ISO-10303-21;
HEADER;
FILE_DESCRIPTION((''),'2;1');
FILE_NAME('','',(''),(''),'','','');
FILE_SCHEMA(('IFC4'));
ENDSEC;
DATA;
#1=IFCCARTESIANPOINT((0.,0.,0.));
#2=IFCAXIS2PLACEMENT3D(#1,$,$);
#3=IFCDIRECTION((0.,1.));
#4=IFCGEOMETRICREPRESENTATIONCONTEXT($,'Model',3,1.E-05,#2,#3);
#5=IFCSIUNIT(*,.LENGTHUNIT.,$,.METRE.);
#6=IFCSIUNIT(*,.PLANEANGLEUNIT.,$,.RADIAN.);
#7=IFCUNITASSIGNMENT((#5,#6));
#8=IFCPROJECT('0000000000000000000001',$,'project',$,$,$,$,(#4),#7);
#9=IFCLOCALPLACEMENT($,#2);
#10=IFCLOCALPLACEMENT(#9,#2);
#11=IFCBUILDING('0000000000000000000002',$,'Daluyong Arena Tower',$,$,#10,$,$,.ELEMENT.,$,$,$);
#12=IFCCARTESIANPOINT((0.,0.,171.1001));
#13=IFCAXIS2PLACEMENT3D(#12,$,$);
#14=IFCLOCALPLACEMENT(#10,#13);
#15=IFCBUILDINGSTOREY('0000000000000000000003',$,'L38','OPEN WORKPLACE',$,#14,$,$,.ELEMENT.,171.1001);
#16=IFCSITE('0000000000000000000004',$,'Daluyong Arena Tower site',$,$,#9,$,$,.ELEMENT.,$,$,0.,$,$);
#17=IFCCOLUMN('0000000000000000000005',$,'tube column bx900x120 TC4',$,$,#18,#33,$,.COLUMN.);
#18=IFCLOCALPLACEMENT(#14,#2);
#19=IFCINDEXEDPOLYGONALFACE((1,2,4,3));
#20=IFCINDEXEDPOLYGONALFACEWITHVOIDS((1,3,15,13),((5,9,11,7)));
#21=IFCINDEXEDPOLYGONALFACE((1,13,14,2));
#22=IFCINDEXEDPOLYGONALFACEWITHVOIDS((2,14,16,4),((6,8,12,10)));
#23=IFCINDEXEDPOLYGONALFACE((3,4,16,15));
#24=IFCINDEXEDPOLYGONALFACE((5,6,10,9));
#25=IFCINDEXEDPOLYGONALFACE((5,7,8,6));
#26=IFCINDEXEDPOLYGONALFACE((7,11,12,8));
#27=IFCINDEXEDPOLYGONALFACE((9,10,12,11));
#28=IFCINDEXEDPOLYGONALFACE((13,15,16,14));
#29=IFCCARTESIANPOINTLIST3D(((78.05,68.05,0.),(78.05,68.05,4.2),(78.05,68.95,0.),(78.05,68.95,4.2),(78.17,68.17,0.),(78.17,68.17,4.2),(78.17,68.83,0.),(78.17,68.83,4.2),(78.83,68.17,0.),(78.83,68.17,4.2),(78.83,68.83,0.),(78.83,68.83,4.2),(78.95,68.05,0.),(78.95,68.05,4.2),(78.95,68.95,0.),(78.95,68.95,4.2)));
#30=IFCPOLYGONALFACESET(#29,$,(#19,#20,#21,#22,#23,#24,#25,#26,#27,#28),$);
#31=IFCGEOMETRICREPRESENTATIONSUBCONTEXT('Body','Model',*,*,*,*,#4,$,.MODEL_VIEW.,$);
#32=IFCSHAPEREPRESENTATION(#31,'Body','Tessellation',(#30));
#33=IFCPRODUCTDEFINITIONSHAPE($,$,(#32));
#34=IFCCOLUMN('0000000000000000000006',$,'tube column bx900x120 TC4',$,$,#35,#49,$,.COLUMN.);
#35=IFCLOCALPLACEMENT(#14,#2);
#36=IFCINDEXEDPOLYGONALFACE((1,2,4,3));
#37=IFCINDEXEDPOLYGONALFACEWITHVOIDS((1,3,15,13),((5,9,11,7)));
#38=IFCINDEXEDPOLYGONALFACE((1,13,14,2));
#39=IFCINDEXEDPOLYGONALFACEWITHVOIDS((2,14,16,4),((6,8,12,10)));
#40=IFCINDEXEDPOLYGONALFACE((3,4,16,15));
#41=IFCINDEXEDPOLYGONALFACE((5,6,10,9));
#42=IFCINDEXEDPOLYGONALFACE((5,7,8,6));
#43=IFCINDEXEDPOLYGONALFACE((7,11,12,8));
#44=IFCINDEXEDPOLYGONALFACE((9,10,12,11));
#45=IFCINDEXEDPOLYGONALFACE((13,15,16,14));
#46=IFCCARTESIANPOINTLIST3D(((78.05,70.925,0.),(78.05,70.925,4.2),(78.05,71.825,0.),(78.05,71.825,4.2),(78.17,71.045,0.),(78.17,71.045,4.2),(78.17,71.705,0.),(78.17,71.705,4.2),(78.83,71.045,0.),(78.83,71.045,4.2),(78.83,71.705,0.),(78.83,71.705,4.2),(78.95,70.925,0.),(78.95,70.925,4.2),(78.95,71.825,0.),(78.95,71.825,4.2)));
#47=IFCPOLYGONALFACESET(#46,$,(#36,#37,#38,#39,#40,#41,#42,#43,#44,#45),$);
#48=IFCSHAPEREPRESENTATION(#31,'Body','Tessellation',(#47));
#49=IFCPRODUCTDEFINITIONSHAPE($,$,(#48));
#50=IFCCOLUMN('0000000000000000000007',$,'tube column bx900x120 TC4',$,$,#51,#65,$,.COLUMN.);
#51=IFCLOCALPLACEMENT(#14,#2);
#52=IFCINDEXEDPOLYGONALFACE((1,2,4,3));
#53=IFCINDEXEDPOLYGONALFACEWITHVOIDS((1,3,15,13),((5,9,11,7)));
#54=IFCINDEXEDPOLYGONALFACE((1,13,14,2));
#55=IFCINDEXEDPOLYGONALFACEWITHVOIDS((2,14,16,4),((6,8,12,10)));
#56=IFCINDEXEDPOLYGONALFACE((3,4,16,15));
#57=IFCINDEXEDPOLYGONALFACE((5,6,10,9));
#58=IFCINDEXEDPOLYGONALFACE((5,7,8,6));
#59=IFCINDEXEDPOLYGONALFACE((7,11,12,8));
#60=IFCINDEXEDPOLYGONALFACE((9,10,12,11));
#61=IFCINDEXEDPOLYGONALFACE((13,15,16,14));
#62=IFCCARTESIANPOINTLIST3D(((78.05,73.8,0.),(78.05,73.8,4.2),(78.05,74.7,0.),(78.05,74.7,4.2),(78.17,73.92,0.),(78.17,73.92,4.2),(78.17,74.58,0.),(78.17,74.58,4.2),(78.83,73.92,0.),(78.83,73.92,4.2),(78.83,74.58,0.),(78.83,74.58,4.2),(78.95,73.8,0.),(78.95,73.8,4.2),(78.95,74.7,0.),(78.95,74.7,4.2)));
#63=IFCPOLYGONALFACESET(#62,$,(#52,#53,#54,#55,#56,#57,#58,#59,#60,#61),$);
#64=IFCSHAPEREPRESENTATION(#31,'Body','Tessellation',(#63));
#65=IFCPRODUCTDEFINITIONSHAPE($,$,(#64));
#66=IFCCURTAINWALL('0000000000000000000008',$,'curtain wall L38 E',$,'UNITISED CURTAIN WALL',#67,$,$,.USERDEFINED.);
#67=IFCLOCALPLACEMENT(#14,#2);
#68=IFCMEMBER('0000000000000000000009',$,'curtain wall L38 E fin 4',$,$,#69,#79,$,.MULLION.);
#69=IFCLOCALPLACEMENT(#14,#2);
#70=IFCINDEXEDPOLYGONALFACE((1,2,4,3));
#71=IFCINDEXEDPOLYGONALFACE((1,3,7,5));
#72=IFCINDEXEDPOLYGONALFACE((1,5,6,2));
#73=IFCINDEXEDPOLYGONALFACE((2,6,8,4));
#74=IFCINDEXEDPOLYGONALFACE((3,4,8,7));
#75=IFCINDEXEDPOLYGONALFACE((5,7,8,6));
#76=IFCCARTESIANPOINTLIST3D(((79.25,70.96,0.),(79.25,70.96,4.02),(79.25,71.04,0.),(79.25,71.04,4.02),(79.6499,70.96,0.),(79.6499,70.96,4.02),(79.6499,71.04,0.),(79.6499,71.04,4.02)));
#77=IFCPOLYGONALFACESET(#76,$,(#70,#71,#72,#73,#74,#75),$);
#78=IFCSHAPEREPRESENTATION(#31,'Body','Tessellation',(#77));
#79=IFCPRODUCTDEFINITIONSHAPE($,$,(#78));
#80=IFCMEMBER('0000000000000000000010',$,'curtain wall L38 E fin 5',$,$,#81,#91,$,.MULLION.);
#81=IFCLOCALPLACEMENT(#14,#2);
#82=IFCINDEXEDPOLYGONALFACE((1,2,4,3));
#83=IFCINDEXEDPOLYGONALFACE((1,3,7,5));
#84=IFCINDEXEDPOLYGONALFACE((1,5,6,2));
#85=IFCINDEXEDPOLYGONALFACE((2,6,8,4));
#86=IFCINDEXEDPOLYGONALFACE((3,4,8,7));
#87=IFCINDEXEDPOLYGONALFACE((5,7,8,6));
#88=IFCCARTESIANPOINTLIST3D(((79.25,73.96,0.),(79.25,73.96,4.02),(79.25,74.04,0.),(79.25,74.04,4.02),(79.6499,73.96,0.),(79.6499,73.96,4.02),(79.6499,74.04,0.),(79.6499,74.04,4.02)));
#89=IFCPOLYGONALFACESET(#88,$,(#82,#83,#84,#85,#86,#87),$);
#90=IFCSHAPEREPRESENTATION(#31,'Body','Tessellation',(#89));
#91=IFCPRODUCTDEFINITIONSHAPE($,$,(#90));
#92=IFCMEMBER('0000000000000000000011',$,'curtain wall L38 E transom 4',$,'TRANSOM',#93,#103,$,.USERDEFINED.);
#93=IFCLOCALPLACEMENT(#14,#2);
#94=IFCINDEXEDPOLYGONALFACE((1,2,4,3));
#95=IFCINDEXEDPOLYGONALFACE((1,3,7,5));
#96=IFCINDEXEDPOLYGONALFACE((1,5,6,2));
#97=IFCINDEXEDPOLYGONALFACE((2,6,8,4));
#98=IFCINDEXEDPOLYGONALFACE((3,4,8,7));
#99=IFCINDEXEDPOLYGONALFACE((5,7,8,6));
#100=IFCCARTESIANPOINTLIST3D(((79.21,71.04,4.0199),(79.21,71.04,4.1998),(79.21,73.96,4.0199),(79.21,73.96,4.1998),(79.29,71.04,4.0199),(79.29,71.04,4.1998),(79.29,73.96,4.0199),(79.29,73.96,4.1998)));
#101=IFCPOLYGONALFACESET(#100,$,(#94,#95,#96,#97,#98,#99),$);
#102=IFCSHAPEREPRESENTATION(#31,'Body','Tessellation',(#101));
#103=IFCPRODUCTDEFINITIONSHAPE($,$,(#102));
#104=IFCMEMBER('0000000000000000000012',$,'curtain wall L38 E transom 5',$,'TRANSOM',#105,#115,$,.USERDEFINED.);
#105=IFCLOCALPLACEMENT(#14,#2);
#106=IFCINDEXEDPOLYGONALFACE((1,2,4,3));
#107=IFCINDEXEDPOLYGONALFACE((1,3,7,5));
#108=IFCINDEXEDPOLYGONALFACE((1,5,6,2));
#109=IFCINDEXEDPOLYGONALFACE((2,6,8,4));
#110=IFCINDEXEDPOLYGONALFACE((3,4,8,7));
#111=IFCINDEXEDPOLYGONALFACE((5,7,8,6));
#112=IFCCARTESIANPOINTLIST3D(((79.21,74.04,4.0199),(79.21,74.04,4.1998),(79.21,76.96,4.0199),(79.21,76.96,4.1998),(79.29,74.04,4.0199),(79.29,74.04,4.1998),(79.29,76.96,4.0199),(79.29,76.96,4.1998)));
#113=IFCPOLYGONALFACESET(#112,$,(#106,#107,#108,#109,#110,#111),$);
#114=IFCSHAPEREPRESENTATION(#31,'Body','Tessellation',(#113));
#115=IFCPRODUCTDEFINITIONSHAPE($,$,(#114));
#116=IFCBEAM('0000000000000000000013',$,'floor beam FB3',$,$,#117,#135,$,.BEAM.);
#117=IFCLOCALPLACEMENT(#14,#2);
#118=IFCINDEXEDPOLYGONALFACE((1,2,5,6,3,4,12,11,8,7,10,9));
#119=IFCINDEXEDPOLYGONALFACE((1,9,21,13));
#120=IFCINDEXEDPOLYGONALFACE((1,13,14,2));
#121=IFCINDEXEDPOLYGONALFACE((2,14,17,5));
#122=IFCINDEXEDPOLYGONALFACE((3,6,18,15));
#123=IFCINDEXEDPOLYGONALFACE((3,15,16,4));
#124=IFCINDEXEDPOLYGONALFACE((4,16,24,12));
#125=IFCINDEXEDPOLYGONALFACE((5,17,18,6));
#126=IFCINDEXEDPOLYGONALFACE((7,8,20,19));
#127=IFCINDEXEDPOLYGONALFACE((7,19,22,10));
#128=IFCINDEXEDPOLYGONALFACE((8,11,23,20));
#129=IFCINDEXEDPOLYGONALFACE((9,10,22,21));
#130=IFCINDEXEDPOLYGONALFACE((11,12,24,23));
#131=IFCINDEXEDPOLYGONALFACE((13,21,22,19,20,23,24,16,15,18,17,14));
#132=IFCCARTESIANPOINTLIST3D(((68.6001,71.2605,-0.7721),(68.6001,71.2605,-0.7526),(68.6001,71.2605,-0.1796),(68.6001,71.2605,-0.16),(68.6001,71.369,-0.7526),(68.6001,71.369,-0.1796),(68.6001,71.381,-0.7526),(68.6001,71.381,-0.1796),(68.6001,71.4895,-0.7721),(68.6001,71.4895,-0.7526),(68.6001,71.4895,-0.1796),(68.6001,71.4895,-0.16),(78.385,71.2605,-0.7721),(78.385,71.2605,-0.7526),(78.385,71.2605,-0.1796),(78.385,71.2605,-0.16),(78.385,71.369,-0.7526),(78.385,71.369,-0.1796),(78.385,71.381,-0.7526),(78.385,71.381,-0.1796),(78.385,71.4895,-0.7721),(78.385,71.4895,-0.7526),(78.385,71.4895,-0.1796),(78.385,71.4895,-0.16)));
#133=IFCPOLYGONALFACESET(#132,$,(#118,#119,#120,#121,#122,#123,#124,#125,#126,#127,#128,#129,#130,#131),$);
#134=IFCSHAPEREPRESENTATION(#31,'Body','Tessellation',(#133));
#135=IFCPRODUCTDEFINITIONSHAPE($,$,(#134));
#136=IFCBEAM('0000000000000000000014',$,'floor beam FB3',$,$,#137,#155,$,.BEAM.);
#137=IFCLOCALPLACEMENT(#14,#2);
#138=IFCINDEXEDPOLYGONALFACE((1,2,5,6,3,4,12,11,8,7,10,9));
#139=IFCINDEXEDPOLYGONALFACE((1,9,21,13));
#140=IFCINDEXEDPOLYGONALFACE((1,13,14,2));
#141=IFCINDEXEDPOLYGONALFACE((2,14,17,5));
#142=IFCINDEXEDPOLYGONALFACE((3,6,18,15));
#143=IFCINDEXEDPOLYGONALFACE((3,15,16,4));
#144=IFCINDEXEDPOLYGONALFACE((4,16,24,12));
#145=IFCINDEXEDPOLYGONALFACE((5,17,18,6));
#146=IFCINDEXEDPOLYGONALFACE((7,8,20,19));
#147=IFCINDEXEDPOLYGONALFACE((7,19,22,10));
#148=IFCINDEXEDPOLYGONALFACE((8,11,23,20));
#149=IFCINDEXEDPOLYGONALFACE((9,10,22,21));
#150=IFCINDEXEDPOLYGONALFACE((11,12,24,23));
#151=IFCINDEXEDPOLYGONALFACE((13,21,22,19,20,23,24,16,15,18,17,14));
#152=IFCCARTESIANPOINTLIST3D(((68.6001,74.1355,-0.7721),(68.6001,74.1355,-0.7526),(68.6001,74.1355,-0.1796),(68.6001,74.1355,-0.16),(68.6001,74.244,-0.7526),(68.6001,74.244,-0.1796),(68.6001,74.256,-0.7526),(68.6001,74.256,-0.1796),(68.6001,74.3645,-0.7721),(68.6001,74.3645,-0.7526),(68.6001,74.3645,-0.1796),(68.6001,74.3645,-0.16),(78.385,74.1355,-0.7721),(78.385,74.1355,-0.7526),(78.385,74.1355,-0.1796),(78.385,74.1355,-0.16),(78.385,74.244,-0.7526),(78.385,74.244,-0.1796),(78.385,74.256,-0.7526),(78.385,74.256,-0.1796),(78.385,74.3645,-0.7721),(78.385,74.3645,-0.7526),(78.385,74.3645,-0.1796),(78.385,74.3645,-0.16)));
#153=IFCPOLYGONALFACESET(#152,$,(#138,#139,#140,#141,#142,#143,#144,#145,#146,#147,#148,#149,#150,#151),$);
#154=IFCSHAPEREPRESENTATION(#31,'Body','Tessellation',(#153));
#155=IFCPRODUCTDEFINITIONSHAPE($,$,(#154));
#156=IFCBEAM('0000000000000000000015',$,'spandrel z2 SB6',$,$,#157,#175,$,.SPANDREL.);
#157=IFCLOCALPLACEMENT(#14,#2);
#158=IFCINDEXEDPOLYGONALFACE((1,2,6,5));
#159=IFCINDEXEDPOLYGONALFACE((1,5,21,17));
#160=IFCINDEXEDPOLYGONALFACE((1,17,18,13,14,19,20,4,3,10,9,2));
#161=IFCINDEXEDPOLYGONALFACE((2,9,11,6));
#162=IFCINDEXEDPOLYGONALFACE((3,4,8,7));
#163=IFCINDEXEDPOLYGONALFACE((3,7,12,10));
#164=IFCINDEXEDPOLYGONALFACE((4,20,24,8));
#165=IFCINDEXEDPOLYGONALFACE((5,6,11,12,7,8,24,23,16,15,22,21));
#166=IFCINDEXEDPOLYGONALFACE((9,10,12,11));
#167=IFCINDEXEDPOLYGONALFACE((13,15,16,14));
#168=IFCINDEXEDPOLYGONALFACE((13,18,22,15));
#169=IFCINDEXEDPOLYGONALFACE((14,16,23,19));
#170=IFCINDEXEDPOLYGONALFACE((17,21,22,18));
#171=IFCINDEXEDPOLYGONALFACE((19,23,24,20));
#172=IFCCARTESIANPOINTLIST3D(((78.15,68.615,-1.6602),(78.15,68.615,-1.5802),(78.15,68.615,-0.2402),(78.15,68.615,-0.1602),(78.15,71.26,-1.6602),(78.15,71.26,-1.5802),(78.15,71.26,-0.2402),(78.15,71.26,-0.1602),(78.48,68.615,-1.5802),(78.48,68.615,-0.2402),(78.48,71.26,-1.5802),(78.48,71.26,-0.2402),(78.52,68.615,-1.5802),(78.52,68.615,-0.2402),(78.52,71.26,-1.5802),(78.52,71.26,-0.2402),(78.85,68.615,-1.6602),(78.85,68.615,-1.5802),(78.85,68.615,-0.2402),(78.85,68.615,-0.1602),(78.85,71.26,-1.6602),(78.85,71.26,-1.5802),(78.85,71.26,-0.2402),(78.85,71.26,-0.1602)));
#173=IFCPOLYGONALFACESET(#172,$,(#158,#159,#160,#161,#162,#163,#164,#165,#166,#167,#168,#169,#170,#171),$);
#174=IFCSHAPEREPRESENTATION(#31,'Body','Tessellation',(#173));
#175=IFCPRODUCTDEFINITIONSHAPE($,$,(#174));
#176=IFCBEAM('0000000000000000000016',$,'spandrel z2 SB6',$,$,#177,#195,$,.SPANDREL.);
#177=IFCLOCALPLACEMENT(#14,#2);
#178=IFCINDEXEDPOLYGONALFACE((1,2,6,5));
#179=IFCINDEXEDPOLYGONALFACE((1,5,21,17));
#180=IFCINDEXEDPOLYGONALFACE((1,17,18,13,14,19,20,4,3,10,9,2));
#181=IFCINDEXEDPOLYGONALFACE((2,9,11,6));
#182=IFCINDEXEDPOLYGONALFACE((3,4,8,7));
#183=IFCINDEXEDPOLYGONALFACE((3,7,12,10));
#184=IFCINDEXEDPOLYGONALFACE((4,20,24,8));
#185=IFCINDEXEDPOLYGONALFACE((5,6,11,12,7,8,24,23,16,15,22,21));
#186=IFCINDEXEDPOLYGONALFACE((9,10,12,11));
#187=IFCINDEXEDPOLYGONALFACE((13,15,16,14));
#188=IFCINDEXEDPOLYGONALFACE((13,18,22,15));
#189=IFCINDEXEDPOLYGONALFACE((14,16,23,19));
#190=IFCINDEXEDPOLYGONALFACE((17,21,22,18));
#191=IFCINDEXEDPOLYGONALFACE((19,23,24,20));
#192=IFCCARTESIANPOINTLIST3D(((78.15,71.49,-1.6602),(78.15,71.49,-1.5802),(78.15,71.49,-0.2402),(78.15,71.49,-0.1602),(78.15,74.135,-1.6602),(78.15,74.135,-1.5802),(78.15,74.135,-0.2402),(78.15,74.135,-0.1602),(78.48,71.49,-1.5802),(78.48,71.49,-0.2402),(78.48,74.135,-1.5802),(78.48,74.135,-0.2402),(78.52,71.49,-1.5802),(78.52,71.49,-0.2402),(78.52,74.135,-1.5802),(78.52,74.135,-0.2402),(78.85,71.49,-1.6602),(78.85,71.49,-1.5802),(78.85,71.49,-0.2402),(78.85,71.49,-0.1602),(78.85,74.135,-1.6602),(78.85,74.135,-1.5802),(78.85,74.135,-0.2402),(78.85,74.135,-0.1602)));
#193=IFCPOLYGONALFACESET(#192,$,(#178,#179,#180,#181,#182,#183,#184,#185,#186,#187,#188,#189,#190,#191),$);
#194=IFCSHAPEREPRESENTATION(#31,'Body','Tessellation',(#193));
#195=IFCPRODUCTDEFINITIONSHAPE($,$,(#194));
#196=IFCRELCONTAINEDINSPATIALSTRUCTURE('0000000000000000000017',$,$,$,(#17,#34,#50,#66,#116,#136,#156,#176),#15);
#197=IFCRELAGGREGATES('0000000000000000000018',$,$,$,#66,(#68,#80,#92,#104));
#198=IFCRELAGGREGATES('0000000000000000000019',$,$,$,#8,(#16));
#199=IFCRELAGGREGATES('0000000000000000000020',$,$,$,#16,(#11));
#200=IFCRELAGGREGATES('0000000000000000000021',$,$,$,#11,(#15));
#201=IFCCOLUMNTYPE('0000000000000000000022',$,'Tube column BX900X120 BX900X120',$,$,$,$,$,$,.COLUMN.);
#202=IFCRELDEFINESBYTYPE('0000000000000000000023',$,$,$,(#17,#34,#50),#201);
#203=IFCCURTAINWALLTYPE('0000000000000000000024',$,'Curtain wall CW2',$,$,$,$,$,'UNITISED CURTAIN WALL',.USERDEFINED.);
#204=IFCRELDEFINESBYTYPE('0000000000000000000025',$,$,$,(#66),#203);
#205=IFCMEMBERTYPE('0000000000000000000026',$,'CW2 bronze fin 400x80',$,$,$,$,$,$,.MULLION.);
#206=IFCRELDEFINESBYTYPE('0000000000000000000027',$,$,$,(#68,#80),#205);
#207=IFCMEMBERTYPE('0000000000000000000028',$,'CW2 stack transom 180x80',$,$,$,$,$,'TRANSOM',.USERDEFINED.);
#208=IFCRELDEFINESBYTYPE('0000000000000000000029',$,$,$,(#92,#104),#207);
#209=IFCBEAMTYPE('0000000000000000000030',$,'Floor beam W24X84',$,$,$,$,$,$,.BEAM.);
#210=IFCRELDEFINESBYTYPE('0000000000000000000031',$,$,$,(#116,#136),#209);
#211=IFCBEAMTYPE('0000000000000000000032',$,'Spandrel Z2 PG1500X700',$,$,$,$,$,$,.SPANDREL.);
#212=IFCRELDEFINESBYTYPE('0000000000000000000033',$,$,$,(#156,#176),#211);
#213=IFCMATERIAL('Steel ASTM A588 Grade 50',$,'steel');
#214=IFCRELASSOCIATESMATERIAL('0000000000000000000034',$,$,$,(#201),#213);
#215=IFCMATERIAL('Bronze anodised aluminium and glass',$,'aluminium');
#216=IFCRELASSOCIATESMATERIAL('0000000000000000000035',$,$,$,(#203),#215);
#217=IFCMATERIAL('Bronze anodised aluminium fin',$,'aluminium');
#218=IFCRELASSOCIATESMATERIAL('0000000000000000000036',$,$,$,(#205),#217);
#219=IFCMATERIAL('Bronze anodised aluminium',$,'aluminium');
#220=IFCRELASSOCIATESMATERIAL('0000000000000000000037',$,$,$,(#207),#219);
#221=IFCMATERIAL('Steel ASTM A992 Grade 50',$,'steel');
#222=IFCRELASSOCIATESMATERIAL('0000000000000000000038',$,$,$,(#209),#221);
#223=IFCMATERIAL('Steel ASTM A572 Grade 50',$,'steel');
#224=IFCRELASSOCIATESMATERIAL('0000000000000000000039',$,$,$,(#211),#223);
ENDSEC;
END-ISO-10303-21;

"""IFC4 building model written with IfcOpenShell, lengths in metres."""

from ifc_helpers import new_model, si_unit, direction, frame, origin, origin_2d, place, context, subcontext, project, spatial, rectangle, hollow_rectangle, i_section, extrude, material, material_profile, profile_set, type_object, element, aggregate, save


model = new_model("IFC4")

# Units and contexts
model_context = context("Model", 3, precision=1e-05, world=origin(), true_north=direction((0.0, 1.0)))
body_context = subcontext(model_context, "Body", "Model", "MODEL_VIEW")
ifc_project = project(units=[si_unit("LENGTHUNIT", "METRE"), si_unit("PLANEANGLEUNIT", "RADIAN")], contexts=[model_context])

# Site, building, storey
site_placement = place(None, origin())
site = spatial("IfcSite", under=ifc_project, at=site_placement, Name="Daluyong Arena Tower site", CompositionType="ELEMENT", RefElevation=0.0)
building_placement = place(site_placement, origin())
building = spatial("IfcBuilding", under=site, at=building_placement, Name="Daluyong Arena Tower", CompositionType="ELEMENT")
storey_placement = place(building_placement, frame((0.0, 0.0, 171.1001)))
storey = spatial("IfcBuildingStorey", under=building, at=storey_placement, Name="L38", Description="OPEN WORKPLACE", CompositionType="ELEMENT", Elevation=171.1001)

# Columns
ifc_material_1 = material(Name="Steel ASTM A588 Grade 50", Category="steel")
ifc_material_profile_1 = material_profile(ifc_material_1, hollow_rectangle(XDim=0.8999, YDim=0.8999, WallThickness=0.12, at=origin_2d()))
ifc_profile_set_1 = profile_set([ifc_material_profile_1], Name="Steel ASTM A588 Grade 50")
column_type = type_object("IfcColumnType", Name="Tube column BX900X120 BX900X120", PredefinedType="COLUMN", material=ifc_profile_set_1)
for number, where, z_axis, x_axis, name in (
    (1, (78.5, 68.5, 0.0), (0.0, 0.0, 1.0), (0.0, 1.0, 0.0), "tube column bx900x120 TC4"),
    (2, (78.5, 71.375, 0.0), (0.0, 0.0, 1.0), (0.0, 1.0, 0.0), "tube column bx900x120 TC4"),
    (3, (78.5, 74.25, 0.0), (0.0, 0.0, 1.0), (0.0, 1.0, 0.0), "tube column bx900x120 TC4"),
):
    element("IfcColumn", number, at=place(storey_placement, frame(where, z_axis=z_axis, x_axis=x_axis)), inside=storey, type_object=column_type, Name=name, PredefinedType="COLUMN", context=body_context, shape_type="SweptSolid", body=[
        extrude(hollow_rectangle(XDim=0.8999, YDim=0.8999, WallThickness=0.12, at=origin_2d()), origin(), (0.0, 0.0, 1.0), 4.2),
    ])

# Curtain wall, members
ifc_material_2 = material(Name="Bronze anodised aluminium and glass", Category="aluminium")
curtain_wall_type = type_object("IfcCurtainWallType", Name="Curtain wall CW2", ElementType="UNITISED CURTAIN WALL", PredefinedType="USERDEFINED", material=ifc_material_2)
curtain_wall_placement = place(storey_placement, origin())
curtain_wall = element("IfcCurtainWall", 4, at=curtain_wall_placement, inside=storey, type_object=curtain_wall_type, Name="curtain wall L38 E", ObjectType="UNITISED CURTAIN WALL", PredefinedType="USERDEFINED")
ifc_material_3 = material(Name="Bronze anodised aluminium fin", Category="aluminium")
ifc_material_profile_2 = material_profile(ifc_material_3, rectangle(XDim=0.3999, YDim=0.0801, at=origin_2d()))
ifc_profile_set_2 = profile_set([ifc_material_profile_2], Name="Bronze anodised aluminium fin")
member_type_1 = type_object("IfcMemberType", Name="CW2 bronze fin 400x80", PredefinedType="MULLION", material=ifc_profile_set_2)
member_1_placement = place(storey_placement, frame((79.45, 71.0, 0.0), z_axis=(0.0, 0.0, 1.0), x_axis=(-1.0, 0.0, 0.0)))
member_1 = element("IfcMember", 5, at=member_1_placement, type_object=member_type_1, Name="curtain wall L38 E fin 4", PredefinedType="MULLION", context=body_context, shape_type="SweptSolid", body=[
    extrude(rectangle(XDim=0.3999, YDim=0.0801, at=origin_2d()), origin(), (0.0, 0.0, 1.0), 4.02),
])
member_2_placement = place(storey_placement, frame((79.45, 74.0, 0.0), z_axis=(0.0, 0.0, 1.0), x_axis=(-1.0, 0.0, 0.0)))
member_2 = element("IfcMember", 6, at=member_2_placement, type_object=member_type_1, Name="curtain wall L38 E fin 5", PredefinedType="MULLION", context=body_context, shape_type="SweptSolid", body=[
    extrude(rectangle(XDim=0.3999, YDim=0.0801, at=origin_2d()), origin(), (0.0, 0.0, 1.0), 4.02),
])
ifc_material_4 = material(Name="Bronze anodised aluminium", Category="aluminium")
ifc_material_profile_3 = material_profile(ifc_material_4, rectangle(XDim=0.0801, YDim=0.1799, at=origin_2d()))
ifc_profile_set_3 = profile_set([ifc_material_profile_3], Name="Bronze anodised aluminium")
member_type_2 = type_object("IfcMemberType", Name="CW2 stack transom 180x80", ElementType="TRANSOM", PredefinedType="USERDEFINED", material=ifc_profile_set_3)
member_3_placement = place(storey_placement, frame((79.25, 71.04, 4.1099), z_axis=(0.0, 1.0, 0.0), x_axis=(-1.0, 0.0, 0.0)))
member_3 = element("IfcMember", 7, at=member_3_placement, type_object=member_type_2, Name="curtain wall L38 E transom 4", ObjectType="TRANSOM", PredefinedType="USERDEFINED", context=body_context, shape_type="SweptSolid", body=[
    extrude(rectangle(XDim=0.0801, YDim=0.1799, at=origin_2d()), origin(), (0.0, 0.0, 1.0), 2.9199),
])
member_4_placement = place(storey_placement, frame((79.25, 74.04, 4.1099), z_axis=(0.0, 1.0, 0.0), x_axis=(-1.0, 0.0, 0.0)))
member_4 = element("IfcMember", 8, at=member_4_placement, type_object=member_type_2, Name="curtain wall L38 E transom 5", ObjectType="TRANSOM", PredefinedType="USERDEFINED", context=body_context, shape_type="SweptSolid", body=[
    extrude(rectangle(XDim=0.0801, YDim=0.1799, at=origin_2d()), origin(), (0.0, 0.0, 1.0), 2.9199),
])

# Beams
ifc_material_5 = material(Name="Steel ASTM A992 Grade 50", Category="steel")
ifc_material_profile_4 = material_profile(ifc_material_5, i_section(OverallWidth=0.229, OverallDepth=0.6121, WebThickness=0.012, FlangeThickness=0.0195, at=origin_2d()))
ifc_profile_set_4 = profile_set([ifc_material_profile_4], Name="Steel ASTM A992 Grade 50")
beam_type_1 = type_object("IfcBeamType", Name="Floor beam W24X84", PredefinedType="BEAM", material=ifc_profile_set_4)
for number, where, z_axis, x_axis, name in (
    (9, (78.385, 71.375, -0.4661), (-1.0, 0.0, 0.0), (0.0, -1.0, 0.0), "floor beam FB3"),
    (10, (78.385, 74.25, -0.4661), (-1.0, 0.0, 0.0), (0.0, -1.0, 0.0), "floor beam FB3"),
):
    element("IfcBeam", number, at=place(storey_placement, frame(where, z_axis=z_axis, x_axis=x_axis)), inside=storey, type_object=beam_type_1, Name=name, PredefinedType="BEAM", context=body_context, shape_type="SweptSolid", body=[
        extrude(i_section(OverallWidth=0.229, OverallDepth=0.6121, WebThickness=0.012, FlangeThickness=0.0195, at=origin_2d()), origin(), (0.0, 0.0, 1.0), 9.7849),
    ])
ifc_material_6 = material(Name="Steel ASTM A572 Grade 50", Category="steel")
ifc_material_profile_5 = material_profile(ifc_material_6, i_section(OverallWidth=0.7, OverallDepth=1.5, WebThickness=0.04, FlangeThickness=0.08, at=origin_2d()))
ifc_profile_set_5 = profile_set([ifc_material_profile_5], Name="Steel ASTM A572 Grade 50")
beam_type_2 = type_object("IfcBeamType", Name="Spandrel Z2 PG1500X700", PredefinedType="SPANDREL", material=ifc_profile_set_5)
for number, where, z_axis, x_axis, name in (
    (11, (78.5, 68.615, -0.9102), (0.0, 1.0, 0.0), (-1.0, 0.0, 0.0), "spandrel z2 SB6"),
    (12, (78.5, 71.49, -0.9102), (0.0, 1.0, 0.0), (-1.0, 0.0, 0.0), "spandrel z2 SB6"),
):
    element("IfcBeam", number, at=place(storey_placement, frame(where, z_axis=z_axis, x_axis=x_axis)), inside=storey, type_object=beam_type_2, Name=name, PredefinedType="SPANDREL", context=body_context, shape_type="SweptSolid", body=[
        extrude(i_section(OverallWidth=0.7, OverallDepth=1.5, WebThickness=0.04, FlangeThickness=0.08, at=origin_2d()), origin(), (0.0, 0.0, 1.0), 2.645),
    ])

aggregate(curtain_wall, [member_1, member_2, member_3, member_4])

save(model, "model.ifc")
